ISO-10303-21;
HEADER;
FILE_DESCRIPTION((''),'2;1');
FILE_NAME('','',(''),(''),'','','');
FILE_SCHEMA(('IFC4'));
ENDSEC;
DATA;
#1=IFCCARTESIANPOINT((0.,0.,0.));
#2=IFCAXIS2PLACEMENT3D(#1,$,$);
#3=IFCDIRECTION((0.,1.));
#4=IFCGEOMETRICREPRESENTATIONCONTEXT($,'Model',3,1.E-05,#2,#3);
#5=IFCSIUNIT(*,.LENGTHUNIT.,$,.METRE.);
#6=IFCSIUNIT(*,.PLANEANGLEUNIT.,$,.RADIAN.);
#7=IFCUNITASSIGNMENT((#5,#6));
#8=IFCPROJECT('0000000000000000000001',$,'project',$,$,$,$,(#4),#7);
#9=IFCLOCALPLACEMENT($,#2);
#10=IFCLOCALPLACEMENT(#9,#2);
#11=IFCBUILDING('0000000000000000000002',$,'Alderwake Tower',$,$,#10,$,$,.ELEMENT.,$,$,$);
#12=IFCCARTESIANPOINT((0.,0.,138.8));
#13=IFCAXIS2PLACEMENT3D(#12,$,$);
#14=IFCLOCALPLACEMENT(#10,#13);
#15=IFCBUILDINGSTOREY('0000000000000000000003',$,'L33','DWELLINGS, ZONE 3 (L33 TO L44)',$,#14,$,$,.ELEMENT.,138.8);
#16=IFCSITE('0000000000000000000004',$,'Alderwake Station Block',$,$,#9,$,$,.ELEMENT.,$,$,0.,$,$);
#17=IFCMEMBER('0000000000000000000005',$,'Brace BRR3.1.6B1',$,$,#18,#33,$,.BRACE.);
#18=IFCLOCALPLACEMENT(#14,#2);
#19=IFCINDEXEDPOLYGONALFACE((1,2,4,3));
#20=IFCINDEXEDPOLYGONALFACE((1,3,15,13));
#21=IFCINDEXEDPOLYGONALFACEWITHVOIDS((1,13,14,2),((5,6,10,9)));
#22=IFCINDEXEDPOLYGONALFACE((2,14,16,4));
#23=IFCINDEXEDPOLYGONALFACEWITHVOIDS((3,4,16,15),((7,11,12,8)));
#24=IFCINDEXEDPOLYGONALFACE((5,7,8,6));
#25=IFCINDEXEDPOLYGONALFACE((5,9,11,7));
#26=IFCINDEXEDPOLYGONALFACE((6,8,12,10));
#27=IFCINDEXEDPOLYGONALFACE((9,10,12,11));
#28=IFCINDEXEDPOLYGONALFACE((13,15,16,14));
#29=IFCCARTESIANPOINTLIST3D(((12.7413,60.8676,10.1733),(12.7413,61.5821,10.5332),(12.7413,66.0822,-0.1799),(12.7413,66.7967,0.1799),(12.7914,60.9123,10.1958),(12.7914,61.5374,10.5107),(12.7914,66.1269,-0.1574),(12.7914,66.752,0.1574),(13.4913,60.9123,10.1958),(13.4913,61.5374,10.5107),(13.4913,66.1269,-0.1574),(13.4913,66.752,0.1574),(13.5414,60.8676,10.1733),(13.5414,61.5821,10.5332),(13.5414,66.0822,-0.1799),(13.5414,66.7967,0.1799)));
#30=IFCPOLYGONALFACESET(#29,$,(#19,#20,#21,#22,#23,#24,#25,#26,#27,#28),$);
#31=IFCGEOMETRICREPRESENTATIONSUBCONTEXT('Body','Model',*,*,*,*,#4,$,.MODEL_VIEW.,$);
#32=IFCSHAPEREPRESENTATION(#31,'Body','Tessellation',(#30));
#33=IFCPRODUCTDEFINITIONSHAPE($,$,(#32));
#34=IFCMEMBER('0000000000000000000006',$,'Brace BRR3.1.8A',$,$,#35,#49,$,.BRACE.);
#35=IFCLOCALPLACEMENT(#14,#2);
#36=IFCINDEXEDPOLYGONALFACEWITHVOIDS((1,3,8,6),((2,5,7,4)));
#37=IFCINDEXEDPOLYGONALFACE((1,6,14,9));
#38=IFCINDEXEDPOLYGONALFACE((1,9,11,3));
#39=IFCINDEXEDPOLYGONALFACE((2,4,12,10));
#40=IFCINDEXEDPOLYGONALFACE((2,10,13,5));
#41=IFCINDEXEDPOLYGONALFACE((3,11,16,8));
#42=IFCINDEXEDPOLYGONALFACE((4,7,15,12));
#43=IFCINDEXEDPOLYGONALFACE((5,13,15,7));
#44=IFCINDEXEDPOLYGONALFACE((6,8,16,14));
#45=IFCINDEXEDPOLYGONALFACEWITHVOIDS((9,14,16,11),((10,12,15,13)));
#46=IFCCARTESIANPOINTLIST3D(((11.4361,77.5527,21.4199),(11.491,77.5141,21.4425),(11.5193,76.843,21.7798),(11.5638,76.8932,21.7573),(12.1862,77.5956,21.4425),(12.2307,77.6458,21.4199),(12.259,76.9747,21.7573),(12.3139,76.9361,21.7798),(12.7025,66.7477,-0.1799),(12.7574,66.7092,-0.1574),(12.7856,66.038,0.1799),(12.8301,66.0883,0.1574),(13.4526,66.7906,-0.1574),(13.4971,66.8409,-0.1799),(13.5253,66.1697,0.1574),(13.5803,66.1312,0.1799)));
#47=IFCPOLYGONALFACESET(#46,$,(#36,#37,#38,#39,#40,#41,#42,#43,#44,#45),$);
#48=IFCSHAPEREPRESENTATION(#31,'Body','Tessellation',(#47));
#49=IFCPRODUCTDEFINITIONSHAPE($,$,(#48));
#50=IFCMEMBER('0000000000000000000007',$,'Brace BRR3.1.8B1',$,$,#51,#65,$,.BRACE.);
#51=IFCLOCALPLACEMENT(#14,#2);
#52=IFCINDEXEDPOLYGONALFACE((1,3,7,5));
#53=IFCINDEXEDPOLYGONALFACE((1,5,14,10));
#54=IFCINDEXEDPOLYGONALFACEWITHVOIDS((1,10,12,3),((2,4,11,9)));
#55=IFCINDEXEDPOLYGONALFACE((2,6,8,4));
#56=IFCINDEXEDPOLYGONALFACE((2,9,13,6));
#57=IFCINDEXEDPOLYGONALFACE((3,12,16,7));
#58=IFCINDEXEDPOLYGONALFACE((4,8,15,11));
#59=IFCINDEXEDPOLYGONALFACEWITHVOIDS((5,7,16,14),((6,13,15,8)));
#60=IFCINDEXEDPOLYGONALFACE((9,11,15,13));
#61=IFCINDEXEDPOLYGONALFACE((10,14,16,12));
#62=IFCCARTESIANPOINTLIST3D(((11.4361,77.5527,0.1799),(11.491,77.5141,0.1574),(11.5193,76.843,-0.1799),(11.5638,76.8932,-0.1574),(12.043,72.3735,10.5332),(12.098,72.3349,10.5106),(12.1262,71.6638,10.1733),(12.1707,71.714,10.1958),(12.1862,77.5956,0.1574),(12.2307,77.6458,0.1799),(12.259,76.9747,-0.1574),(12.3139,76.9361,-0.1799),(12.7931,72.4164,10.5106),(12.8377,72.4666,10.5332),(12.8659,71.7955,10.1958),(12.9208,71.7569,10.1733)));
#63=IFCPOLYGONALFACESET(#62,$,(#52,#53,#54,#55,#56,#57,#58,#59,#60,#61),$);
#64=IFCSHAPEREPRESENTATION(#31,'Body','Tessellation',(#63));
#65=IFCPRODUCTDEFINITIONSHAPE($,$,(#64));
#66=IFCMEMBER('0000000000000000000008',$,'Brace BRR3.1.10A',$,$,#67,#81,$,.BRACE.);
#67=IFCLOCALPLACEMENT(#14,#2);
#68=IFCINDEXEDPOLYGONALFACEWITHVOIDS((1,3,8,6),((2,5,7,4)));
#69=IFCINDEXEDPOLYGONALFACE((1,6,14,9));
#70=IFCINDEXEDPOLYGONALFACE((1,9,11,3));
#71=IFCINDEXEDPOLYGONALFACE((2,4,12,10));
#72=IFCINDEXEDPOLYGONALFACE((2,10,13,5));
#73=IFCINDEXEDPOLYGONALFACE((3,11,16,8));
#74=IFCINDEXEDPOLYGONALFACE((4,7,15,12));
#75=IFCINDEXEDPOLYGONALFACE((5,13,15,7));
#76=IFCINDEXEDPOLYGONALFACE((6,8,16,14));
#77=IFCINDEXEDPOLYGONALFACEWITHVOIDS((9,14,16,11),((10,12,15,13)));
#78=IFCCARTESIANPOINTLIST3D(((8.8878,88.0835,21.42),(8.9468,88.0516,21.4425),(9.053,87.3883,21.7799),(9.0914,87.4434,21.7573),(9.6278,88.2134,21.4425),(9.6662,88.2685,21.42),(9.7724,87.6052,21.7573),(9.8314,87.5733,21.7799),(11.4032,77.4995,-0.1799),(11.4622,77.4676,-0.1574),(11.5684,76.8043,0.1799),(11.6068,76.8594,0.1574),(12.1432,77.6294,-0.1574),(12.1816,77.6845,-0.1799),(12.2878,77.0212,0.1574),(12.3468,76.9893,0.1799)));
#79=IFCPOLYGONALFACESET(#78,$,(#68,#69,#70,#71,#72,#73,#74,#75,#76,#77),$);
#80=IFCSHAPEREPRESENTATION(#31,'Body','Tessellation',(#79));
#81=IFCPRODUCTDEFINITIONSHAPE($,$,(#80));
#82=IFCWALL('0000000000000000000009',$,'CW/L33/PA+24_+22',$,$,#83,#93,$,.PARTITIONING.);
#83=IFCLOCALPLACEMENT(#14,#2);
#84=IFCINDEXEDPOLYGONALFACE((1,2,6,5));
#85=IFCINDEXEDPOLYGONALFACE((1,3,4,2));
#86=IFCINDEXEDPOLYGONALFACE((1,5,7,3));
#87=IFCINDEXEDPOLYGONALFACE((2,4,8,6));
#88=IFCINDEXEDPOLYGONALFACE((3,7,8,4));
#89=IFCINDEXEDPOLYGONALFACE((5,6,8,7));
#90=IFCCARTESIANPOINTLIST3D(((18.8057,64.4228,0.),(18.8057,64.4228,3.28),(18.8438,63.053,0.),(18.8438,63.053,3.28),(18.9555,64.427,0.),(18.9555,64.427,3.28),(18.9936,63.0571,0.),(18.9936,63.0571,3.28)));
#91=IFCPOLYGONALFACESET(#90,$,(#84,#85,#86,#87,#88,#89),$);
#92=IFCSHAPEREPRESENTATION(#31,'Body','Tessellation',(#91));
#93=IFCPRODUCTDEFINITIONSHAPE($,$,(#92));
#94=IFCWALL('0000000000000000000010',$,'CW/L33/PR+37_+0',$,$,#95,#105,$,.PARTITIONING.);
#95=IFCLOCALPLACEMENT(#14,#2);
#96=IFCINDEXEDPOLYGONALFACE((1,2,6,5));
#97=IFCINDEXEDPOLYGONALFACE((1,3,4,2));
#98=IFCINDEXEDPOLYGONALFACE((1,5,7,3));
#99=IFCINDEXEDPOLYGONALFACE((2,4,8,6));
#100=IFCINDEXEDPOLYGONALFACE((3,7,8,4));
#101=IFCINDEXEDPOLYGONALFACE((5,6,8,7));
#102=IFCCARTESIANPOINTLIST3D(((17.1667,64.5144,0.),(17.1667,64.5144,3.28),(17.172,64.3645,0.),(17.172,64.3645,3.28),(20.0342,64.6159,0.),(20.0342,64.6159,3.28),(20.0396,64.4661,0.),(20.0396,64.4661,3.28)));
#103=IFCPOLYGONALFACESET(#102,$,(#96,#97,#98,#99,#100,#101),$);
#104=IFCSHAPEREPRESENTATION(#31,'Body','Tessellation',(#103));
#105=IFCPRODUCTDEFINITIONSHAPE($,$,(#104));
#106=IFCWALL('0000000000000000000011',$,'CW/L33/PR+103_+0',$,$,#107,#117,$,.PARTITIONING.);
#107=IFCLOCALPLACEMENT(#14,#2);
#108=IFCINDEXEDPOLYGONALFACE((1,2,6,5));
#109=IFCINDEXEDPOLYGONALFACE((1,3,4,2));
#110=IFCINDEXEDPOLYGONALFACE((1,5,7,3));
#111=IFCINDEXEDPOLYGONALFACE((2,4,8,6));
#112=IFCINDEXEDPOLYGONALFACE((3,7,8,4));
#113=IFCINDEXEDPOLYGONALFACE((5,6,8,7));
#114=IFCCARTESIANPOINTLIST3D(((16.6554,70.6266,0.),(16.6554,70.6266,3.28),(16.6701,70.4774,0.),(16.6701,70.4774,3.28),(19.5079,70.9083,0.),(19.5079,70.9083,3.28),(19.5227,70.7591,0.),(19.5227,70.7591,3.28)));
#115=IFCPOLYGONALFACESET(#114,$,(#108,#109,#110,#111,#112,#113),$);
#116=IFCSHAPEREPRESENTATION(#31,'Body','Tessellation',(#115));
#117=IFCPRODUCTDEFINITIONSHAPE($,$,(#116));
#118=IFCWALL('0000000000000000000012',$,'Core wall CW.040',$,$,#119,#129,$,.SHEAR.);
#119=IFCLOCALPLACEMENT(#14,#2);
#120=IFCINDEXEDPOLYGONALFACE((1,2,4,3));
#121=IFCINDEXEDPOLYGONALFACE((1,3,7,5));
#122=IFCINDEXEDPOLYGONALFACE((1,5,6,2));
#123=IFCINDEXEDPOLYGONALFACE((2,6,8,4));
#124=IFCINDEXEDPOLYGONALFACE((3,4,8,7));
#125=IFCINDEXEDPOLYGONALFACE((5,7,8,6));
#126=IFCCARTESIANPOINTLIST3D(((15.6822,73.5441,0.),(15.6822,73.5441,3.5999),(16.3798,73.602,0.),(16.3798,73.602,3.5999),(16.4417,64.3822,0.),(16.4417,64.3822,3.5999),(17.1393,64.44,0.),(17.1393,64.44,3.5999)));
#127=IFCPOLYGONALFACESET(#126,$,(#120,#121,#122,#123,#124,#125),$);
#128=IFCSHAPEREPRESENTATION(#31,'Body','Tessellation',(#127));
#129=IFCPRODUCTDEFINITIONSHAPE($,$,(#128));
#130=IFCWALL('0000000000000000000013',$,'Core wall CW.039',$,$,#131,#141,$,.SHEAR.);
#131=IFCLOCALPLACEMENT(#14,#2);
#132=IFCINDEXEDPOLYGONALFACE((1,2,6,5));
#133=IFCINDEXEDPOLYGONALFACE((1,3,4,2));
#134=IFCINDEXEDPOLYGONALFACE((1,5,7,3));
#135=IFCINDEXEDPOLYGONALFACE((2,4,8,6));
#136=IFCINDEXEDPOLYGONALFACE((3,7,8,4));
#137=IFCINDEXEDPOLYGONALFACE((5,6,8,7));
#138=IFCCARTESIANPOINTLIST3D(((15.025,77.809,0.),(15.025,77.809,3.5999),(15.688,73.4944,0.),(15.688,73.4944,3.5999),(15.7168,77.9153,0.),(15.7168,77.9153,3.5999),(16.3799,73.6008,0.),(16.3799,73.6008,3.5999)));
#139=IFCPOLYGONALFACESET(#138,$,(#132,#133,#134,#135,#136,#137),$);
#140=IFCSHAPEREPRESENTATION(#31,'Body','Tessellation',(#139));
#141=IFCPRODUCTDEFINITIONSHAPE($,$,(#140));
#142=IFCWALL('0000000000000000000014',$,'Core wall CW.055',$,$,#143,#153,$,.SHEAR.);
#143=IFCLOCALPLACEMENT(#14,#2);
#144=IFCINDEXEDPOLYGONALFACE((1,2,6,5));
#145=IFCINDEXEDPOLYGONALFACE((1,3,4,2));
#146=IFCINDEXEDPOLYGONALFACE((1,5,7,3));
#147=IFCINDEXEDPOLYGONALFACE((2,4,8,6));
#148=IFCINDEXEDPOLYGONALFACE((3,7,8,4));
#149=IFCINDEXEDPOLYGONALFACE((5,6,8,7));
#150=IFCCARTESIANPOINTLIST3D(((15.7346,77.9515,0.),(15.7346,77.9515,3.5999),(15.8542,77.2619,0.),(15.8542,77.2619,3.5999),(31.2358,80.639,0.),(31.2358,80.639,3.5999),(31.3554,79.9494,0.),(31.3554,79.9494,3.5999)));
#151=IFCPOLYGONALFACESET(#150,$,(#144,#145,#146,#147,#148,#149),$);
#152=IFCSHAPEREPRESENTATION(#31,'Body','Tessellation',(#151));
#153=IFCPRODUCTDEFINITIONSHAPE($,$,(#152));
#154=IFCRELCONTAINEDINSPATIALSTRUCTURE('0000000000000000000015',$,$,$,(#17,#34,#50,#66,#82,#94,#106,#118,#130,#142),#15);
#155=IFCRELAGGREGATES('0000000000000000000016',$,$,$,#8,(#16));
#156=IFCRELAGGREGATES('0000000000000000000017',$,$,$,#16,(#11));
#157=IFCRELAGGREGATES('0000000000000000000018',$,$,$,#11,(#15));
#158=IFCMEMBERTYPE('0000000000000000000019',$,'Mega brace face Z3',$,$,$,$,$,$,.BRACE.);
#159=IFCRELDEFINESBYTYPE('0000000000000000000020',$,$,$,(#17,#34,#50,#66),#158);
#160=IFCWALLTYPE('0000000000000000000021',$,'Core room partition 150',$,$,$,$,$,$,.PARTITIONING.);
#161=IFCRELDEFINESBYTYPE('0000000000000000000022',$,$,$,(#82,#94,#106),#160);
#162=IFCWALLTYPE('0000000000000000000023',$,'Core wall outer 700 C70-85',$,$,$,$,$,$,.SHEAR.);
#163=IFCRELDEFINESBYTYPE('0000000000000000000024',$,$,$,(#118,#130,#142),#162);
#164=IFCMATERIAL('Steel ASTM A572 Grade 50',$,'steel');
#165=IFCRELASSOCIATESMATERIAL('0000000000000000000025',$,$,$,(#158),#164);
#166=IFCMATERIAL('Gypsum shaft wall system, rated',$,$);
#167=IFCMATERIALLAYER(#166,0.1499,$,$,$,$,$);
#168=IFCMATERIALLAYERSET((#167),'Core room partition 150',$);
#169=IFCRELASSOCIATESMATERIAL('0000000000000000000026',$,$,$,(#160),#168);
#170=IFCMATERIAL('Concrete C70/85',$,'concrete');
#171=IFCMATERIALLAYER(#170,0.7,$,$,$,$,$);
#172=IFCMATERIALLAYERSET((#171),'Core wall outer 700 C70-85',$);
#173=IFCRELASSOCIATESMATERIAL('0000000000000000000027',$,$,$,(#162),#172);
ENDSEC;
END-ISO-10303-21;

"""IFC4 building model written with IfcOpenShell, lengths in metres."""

from ifc_helpers import new_model, si_unit, direction, frame, frame_2d, origin, origin_2d, place, context, subcontext, project, spatial, rectangle, hollow_rectangle, extrude, material, layer, layer_set, material_profile, profile_set, type_object, element, save


model = new_model("IFC4")

# Units and contexts
model_context = context("Model", 3, precision=1e-05, world=origin(), true_north=direction((0.0, 1.0)))
body_context = subcontext(model_context, "Body", "Model", "MODEL_VIEW")
ifc_project = project(units=[si_unit("LENGTHUNIT", "METRE"), si_unit("PLANEANGLEUNIT", "RADIAN")], contexts=[model_context])

# Site, building, storey
site_placement = place(None, origin())
site = spatial("IfcSite", under=ifc_project, at=site_placement, Name="Alderwake Station Block", CompositionType="ELEMENT", RefElevation=0.0)
building_placement = place(site_placement, origin())
building = spatial("IfcBuilding", under=site, at=building_placement, Name="Alderwake Tower", CompositionType="ELEMENT")
storey_placement = place(building_placement, frame((0.0, 0.0, 138.8)))
storey = spatial("IfcBuildingStorey", under=building, at=storey_placement, Name="L33", Description="DWELLINGS, ZONE 3 (L33 TO L44)", CompositionType="ELEMENT", Elevation=138.8)

# Members
ifc_material_1 = material(Name="Steel ASTM A572 Grade 50", Category="steel")
ifc_material_profile_1 = material_profile(ifc_material_1, hollow_rectangle(XDim=0.8, YDim=0.8, WallThickness=0.05, at=origin_2d()), Name="BOX 800X800X50")
ifc_profile_set_1 = profile_set([ifc_material_profile_1], Name="Steel ASTM A572 Grade 50")
member_type = type_object("IfcMemberType", Name="Mega brace face Z3", PredefinedType="BRACE", material=ifc_profile_set_1)
member_1_placement = place(storey_placement, frame((13.1414, 66.4395, 0.0), z_axis=(0.0, -0.449832, 0.893113), x_axis=(1.0, 0.0, 0.0)))
element("IfcMember", 1, at=member_1_placement, inside=storey, type_object=member_type, Name="Brace BRR3.1.6B1", PredefinedType="BRACE", context=body_context, shape_type="SweptSolid", body=[
    extrude(hollow_rectangle(XDim=0.8, YDim=0.8, WallThickness=0.05, at=origin_2d()), origin(), (0.0, 0.0, 1.0), 11.5923),
])
member_2_placement = place(storey_placement, frame((13.1414, 66.4395, 0.0), z_axis=(-0.052362, 0.446766, 0.893117), x_axis=(-0.993202, -0.116405, 0.0)))
element("IfcMember", 2, at=member_2_placement, inside=storey, type_object=member_type, Name="Brace BRR3.1.8A", PredefinedType="BRACE", context=body_context, shape_type="SweptSolid", body=[
    extrude(hollow_rectangle(XDim=0.8, YDim=0.8, WallThickness=0.05, at=origin_2d()), origin(), (0.0, 0.0, 1.0), 24.1848),
])
member_3_placement = place(storey_placement, frame((11.875, 77.2444, 0.0), z_axis=(0.052356, -0.446777, 0.893112), x_axis=(0.993204, 0.11639, 0.0)))
element("IfcMember", 3, at=member_3_placement, inside=storey, type_object=member_type, Name="Brace BRR3.1.8B1", PredefinedType="BRACE", context=body_context, shape_type="SweptSolid", body=[
    extrude(hollow_rectangle(XDim=0.8, YDim=0.8, WallThickness=0.05, at=origin_2d()), origin(), (0.0, 0.0, 1.0), 11.5923),
])
member_4_placement = place(storey_placement, frame((11.875, 77.2444, 0.0), z_axis=(-0.104007, 0.437631, 0.893119), x_axis=(-0.972902, -0.231219, 0.0)))
element("IfcMember", 4, at=member_4_placement, inside=storey, type_object=member_type, Name="Brace BRR3.1.10A", PredefinedType="BRACE", context=body_context, shape_type="SweptSolid", body=[
    extrude(hollow_rectangle(XDim=0.8, YDim=0.8, WallThickness=0.05, at=origin_2d()), origin(), (0.0, 0.0, 1.0), 24.1848),
])

# Walls
ifc_material_2 = material(Name="Gypsum shaft wall system, rated")
ifc_layer_1 = layer(ifc_material_2, 0.1499)
ifc_layer_set_1 = layer_set([ifc_layer_1], Name="Core room partition 150")
wall_type_1 = type_object("IfcWallType", Name="Core room partition 150", PredefinedType="PARTITIONING", material=ifc_layer_set_1)
wall_1_placement = place(storey_placement, frame((18.9187, 63.0552, 0.0), z_axis=(0.0, 0.0, 1.0), x_axis=(-0.027792, 0.999614, 0.0)))
element("IfcWall", 5, at=wall_1_placement, inside=storey, type_object=wall_type_1, Name="CW/L33/PA+24_+22", PredefinedType="PARTITIONING", context=body_context, shape_type="SweptSolid", body=[
    extrude(rectangle(XDim=1.3704, YDim=0.1499, at=frame_2d((0.6851, 0.0))), origin(), (0.0, 0.0, 1.0), 3.28),
])
wall_2_placement = place(storey_placement, frame((17.1694, 64.4395, 0.0), z_axis=(0.0, 0.0, 1.0), x_axis=(0.999373, 0.035394, 0.0)))
element("IfcWall", 6, at=wall_2_placement, inside=storey, type_object=wall_type_1, Name="CW/L33/PR+37_+0", PredefinedType="PARTITIONING", context=body_context, shape_type="SweptSolid", body=[
    extrude(rectangle(XDim=2.8694, YDim=0.1499, at=frame_2d((1.4346, 0.0))), origin(), (0.0, 0.0, 1.0), 3.28),
])
wall_3_placement = place(storey_placement, frame((16.6628, 70.552, 0.0), z_axis=(0.0, 0.0, 1.0), x_axis=(0.995158, 0.098289, 0.0)))
element("IfcWall", 7, at=wall_3_placement, inside=storey, type_object=wall_type_1, Name="CW/L33/PR+103_+0", PredefinedType="PARTITIONING", context=body_context, shape_type="SweptSolid", body=[
    extrude(rectangle(XDim=2.8665, YDim=0.1499, at=frame_2d((1.4331, 0.0))), origin(), (0.0, 0.0, 1.0), 3.28),
])
ifc_material_3 = material(Name="Concrete C70/85", Category="concrete")
ifc_layer_2 = layer(ifc_material_3, 0.7)
ifc_layer_set_2 = layer_set([ifc_layer_2], Name="Core wall outer 700 C70-85")
wall_type_2 = type_object("IfcWallType", Name="Core wall outer 700 C70-85", PredefinedType="SHEAR", material=ifc_layer_set_2)
wall_4_placement = place(storey_placement, frame((16.7905, 64.4111, 0.0), z_axis=(0.0, 0.0, 1.0), x_axis=(-0.082617, 0.996581, 0.0)))
element("IfcWall", 8, at=wall_4_placement, inside=storey, type_object=wall_type_2, Name="Core wall CW.040", PredefinedType="SHEAR", context=body_context, shape_type="SweptSolid", body=[
    extrude(rectangle(XDim=9.1934, YDim=0.7, at=frame_2d((4.5967, 0.0))), origin(), (0.0, 0.0, 1.0), 3.5999),
])
wall_5_placement = place(storey_placement, frame((16.0339, 73.5476, 0.0), z_axis=(0.0, 0.0, 1.0), x_axis=(-0.151897, 0.988396, 0.0)))
element("IfcWall", 9, at=wall_5_placement, inside=storey, type_object=wall_type_2, Name="Core wall CW.039", PredefinedType="SHEAR", context=body_context, shape_type="SweptSolid", body=[
    extrude(rectangle(XDim=4.3652, YDim=0.7, at=frame_2d((2.1826, 0.0))), origin(), (0.0, 0.0, 1.0), 3.5999),
])
wall_6_placement = place(storey_placement, frame((15.7944, 77.6067, 0.0), z_axis=(0.0, 0.0, 1.0), x_axis=(0.985301, 0.170825, 0.0)))
element("IfcWall", 10, at=wall_6_placement, inside=storey, type_object=wall_type_2, Name="Core wall CW.055", PredefinedType="SHEAR", context=body_context, shape_type="SweptSolid", body=[
    extrude(rectangle(XDim=15.7324, YDim=0.7, at=frame_2d((7.8662, 0.0))), origin(), (0.0, 0.0, 1.0), 3.5999),
])

save(model, "model.ifc")
